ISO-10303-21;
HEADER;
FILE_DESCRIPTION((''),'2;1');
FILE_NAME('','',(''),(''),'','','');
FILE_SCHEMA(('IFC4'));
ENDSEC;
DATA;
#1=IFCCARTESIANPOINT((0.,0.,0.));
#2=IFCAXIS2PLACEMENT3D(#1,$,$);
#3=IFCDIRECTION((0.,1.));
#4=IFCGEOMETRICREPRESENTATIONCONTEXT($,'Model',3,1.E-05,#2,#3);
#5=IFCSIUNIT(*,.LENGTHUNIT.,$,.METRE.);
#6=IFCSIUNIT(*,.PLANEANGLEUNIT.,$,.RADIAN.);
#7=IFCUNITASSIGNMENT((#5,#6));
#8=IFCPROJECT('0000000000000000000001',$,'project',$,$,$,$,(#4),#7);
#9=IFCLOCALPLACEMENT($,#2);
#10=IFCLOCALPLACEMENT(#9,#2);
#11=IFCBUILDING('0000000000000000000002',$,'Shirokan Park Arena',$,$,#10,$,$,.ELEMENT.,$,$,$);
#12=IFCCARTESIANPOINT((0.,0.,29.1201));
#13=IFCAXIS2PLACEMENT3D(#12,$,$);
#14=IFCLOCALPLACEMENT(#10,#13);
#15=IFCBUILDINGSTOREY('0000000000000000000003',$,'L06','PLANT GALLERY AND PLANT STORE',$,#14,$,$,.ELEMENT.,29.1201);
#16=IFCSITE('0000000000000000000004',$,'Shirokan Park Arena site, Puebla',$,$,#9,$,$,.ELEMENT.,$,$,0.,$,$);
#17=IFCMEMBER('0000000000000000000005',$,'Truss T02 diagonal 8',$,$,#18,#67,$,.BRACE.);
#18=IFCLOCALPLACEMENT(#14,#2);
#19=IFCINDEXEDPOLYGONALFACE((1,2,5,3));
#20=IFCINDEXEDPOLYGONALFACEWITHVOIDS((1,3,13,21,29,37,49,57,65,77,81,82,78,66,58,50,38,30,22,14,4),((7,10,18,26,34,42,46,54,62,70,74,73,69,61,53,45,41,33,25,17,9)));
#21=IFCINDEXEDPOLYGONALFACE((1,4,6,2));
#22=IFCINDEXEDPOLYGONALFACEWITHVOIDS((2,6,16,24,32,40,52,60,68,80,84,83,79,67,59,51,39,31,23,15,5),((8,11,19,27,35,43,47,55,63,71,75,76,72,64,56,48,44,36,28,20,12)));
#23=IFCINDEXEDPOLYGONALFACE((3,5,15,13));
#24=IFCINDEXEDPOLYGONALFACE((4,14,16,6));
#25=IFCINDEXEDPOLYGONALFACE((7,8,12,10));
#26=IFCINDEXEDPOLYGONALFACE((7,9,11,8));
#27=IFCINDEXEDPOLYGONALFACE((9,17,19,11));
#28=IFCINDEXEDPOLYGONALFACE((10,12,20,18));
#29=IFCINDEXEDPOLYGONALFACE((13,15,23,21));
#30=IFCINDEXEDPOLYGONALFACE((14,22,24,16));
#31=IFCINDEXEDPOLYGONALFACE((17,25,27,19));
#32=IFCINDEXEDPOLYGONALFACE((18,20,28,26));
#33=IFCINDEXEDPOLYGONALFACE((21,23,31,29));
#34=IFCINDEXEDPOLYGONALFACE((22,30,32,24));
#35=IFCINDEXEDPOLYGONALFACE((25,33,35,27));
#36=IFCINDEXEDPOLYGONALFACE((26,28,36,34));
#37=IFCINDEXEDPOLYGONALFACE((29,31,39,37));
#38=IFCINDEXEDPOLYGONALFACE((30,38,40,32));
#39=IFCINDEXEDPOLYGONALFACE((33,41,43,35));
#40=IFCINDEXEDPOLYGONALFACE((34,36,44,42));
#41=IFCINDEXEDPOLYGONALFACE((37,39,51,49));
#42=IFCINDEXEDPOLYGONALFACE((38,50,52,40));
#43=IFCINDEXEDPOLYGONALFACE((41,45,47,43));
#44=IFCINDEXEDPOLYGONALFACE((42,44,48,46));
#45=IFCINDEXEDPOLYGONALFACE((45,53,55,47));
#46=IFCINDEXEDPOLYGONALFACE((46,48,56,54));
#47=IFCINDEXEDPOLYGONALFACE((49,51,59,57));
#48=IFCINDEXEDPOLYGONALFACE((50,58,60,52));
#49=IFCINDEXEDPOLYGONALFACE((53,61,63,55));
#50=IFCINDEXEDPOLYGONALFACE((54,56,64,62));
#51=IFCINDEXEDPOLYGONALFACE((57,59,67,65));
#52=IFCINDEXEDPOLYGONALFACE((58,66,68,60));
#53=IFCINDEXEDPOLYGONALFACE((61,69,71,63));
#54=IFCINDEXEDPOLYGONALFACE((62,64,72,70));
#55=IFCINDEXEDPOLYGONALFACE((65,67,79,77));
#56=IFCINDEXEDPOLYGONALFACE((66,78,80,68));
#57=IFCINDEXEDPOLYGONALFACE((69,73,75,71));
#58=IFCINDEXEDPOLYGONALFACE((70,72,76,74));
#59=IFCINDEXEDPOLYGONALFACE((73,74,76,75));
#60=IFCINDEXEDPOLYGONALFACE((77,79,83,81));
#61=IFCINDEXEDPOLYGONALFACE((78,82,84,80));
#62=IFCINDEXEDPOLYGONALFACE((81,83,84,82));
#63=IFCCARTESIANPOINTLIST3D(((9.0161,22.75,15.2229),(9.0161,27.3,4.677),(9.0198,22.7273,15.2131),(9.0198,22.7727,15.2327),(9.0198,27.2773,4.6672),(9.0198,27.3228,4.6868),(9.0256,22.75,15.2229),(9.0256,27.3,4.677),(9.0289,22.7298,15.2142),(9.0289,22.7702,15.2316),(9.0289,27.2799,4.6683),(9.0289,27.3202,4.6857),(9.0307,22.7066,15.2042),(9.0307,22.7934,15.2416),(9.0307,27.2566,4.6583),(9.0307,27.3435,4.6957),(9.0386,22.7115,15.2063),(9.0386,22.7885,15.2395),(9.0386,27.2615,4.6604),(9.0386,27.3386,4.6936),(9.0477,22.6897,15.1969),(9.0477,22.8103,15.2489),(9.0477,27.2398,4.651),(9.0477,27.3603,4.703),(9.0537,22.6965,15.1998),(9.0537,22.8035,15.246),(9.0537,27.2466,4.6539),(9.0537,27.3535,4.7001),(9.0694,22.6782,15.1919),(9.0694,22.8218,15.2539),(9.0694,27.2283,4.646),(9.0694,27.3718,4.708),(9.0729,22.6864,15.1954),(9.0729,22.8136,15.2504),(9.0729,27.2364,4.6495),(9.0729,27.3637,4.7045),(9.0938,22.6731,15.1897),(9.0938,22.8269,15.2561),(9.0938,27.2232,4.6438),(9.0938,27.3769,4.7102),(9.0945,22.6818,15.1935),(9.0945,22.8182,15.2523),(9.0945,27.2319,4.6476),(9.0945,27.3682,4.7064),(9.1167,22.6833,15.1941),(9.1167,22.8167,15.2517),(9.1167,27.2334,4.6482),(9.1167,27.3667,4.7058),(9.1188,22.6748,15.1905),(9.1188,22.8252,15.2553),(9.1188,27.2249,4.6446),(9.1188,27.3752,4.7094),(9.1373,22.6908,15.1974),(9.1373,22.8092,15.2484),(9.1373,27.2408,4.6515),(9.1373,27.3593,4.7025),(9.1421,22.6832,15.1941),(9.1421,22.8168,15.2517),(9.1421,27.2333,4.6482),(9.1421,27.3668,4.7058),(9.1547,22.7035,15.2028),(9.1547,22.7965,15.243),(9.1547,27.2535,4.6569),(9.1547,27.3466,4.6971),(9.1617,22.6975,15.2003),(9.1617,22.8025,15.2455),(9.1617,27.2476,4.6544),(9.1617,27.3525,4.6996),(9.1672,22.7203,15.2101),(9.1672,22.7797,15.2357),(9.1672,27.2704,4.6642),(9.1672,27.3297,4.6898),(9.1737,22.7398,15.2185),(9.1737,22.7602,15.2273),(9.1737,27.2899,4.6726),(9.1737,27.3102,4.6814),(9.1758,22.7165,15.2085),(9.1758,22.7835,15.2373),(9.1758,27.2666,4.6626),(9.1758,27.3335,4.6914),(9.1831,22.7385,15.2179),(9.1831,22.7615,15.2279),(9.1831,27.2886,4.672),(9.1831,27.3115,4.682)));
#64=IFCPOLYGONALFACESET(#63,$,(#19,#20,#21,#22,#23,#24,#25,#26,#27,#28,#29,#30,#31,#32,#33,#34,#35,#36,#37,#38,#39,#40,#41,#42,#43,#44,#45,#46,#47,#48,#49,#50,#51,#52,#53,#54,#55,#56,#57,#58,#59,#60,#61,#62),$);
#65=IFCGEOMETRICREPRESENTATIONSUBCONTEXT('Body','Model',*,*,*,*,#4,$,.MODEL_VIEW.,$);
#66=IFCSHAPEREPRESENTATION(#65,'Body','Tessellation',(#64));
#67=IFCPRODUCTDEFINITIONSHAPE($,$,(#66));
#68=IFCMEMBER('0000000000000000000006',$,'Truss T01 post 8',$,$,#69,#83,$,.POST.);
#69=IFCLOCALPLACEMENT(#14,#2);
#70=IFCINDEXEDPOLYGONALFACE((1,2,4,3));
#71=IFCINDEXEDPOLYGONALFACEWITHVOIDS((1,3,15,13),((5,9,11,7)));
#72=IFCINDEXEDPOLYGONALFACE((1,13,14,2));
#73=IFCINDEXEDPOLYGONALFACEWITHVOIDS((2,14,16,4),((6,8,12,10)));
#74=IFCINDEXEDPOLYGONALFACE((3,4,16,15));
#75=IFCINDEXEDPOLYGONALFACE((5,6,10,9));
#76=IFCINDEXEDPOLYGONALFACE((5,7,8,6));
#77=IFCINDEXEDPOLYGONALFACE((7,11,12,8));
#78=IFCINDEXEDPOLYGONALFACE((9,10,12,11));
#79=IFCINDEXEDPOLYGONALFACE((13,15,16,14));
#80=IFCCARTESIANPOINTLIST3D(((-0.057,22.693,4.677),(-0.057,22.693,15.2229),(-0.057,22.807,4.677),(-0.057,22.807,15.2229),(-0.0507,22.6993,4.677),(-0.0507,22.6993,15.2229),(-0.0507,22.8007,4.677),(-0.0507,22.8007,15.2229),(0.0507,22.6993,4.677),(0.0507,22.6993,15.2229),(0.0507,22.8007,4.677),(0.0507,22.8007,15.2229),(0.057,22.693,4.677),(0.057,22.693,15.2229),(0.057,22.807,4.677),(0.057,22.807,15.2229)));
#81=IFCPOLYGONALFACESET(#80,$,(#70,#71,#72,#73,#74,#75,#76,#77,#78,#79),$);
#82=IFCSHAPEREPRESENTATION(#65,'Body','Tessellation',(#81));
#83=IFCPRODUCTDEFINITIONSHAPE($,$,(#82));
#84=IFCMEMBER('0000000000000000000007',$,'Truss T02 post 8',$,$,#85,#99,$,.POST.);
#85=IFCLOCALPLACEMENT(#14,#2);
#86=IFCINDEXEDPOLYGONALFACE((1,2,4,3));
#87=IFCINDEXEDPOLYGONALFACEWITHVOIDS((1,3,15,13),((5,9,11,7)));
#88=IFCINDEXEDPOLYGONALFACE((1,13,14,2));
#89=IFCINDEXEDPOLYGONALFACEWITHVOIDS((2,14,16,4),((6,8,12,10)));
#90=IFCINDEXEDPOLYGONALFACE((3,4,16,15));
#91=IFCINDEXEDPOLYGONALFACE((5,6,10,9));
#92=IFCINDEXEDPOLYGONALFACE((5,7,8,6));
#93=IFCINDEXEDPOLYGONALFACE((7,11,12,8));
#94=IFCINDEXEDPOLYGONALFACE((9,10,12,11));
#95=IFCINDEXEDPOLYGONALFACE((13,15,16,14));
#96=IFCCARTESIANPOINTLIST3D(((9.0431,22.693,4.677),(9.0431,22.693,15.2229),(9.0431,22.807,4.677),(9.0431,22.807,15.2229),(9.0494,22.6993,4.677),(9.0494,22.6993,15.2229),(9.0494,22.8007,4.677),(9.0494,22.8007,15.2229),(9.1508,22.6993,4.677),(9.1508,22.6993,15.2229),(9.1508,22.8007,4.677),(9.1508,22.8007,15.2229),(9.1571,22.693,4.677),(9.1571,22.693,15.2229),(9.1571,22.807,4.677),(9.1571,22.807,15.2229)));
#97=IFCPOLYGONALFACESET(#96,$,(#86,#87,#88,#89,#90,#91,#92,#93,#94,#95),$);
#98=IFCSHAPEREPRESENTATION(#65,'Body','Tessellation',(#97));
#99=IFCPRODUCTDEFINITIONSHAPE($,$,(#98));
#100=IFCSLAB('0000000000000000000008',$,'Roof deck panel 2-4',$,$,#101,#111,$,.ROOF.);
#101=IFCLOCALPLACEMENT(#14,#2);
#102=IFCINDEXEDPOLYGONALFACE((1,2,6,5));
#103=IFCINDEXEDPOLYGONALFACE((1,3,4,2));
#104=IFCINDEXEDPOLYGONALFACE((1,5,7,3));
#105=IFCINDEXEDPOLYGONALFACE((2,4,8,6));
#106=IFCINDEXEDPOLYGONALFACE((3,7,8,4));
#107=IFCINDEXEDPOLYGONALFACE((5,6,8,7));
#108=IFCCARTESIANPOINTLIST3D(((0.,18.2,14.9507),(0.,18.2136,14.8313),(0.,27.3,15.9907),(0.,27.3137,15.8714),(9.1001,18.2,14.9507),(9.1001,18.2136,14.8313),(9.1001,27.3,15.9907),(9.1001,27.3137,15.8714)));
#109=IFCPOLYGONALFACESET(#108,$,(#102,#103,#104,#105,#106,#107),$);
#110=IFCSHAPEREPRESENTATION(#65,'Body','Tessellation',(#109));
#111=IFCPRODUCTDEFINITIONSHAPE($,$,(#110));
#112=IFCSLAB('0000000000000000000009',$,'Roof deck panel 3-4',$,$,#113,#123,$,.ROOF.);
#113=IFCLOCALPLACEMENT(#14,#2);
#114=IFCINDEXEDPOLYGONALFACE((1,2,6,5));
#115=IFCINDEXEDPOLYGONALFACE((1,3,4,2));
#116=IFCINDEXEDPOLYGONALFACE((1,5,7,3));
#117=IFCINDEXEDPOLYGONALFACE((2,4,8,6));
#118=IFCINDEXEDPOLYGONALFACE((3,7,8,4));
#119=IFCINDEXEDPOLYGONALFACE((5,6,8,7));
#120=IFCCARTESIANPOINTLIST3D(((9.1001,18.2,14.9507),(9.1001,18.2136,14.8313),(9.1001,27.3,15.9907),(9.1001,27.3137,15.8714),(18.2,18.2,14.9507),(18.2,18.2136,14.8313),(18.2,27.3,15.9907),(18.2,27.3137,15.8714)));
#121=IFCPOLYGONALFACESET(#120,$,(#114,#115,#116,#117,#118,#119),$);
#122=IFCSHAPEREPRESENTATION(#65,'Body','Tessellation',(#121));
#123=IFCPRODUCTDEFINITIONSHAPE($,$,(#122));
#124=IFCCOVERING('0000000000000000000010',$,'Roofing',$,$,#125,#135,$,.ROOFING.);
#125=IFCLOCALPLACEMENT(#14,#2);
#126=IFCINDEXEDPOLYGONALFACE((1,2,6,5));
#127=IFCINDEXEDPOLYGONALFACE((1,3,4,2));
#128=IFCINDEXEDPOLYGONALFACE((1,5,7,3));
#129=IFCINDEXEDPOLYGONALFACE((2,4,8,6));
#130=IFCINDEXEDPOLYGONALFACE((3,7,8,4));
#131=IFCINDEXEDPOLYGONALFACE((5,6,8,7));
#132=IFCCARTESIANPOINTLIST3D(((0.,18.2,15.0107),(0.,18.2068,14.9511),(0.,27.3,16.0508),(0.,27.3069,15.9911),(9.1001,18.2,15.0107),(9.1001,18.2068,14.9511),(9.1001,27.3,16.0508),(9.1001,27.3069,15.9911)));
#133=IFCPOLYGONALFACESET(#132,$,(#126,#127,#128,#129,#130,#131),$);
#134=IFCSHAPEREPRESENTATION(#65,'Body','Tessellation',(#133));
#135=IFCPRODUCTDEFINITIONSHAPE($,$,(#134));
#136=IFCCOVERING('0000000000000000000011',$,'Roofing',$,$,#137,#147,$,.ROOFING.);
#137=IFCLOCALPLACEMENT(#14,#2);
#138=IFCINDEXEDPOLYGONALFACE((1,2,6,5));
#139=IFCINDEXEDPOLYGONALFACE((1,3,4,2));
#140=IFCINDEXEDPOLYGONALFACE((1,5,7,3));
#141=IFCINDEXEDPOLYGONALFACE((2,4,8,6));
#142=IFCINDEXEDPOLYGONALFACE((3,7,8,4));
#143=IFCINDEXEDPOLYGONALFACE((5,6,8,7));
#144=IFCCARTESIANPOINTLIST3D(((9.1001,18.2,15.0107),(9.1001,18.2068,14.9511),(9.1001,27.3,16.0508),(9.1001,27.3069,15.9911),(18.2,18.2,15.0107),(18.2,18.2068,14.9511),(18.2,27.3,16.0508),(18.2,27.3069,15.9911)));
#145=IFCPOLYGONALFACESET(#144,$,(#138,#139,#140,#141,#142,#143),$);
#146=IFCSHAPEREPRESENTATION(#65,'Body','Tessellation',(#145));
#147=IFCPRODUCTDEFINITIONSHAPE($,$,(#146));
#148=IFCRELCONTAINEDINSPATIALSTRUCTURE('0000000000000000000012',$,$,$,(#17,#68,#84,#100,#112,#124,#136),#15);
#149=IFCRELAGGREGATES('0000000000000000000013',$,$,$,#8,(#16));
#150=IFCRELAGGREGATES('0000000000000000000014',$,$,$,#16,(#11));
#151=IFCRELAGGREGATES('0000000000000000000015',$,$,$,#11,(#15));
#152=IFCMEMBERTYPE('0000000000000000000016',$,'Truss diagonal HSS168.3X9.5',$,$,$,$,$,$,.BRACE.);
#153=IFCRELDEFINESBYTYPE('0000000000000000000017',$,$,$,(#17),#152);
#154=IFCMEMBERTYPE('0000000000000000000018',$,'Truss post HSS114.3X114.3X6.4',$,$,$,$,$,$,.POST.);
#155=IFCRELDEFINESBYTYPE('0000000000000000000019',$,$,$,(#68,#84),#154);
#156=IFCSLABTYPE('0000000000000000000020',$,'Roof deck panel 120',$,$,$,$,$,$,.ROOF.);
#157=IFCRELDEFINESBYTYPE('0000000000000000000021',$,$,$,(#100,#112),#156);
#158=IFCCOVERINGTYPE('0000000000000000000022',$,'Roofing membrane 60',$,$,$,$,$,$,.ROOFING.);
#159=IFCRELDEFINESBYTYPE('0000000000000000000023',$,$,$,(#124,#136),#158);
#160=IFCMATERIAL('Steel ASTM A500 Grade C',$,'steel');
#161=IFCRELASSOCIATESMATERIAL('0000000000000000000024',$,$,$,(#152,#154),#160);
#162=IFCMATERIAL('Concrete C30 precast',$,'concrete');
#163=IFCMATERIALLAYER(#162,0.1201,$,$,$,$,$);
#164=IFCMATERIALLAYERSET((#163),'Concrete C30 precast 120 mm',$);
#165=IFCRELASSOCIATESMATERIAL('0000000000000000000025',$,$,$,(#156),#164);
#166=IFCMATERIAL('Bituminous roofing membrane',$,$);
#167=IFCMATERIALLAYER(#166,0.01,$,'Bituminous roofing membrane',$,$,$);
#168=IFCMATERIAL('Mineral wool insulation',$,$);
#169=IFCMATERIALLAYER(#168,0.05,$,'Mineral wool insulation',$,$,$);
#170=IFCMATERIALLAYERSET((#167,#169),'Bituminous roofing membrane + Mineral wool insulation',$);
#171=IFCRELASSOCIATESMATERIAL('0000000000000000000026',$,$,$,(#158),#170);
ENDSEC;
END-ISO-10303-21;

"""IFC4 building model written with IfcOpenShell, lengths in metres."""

from ifc_helpers import new_model, si_unit, direction, frame, origin, origin_2d, place, context, subcontext, project, spatial, polyline, hollow_rectangle, hollow_circle, outline, extrude, material, layer, layer_set, material_profile, profile_set, type_object, element, save


model = new_model("IFC4")

# Units and contexts
model_context = context("Model", 3, precision=1e-05, world=origin(), true_north=direction((0.0, 1.0)))
body_context = subcontext(model_context, "Body", "Model", "MODEL_VIEW")
ifc_project = project(units=[si_unit("LENGTHUNIT", "METRE"), si_unit("PLANEANGLEUNIT", "RADIAN")], contexts=[model_context])

# Site, building, storey
site_placement = place(None, origin())
site = spatial("IfcSite", under=ifc_project, at=site_placement, Name="Shirokan Park Arena site, Puebla", CompositionType="ELEMENT", RefElevation=0.0)
building_placement = place(site_placement, origin())
building = spatial("IfcBuilding", under=site, at=building_placement, Name="Shirokan Park Arena", CompositionType="ELEMENT")
storey_placement = place(building_placement, frame((0.0, 0.0, 29.1201)))
storey = spatial("IfcBuildingStorey", under=building, at=storey_placement, Name="L06", Description="PLANT GALLERY AND PLANT STORE", CompositionType="ELEMENT", Elevation=29.1201)

# Members
ifc_material_1 = material(Name="Steel ASTM A500 Grade C", Category="steel")
ifc_material_profile_1 = material_profile(ifc_material_1, hollow_circle(Radius=0.084, WallThickness=0.0095, at=origin_2d()), Name="HSS168.3X9.5")
ifc_profile_set_1 = profile_set([ifc_material_profile_1], Name="Steel ASTM A500 Grade C")
member_type_1 = type_object("IfcMemberType", Name="Truss diagonal HSS168.3X9.5", PredefinedType="BRACE", material=ifc_profile_set_1)
for number, where, z_axis, x_axis, name in (
    (1, (9.1001, 22.75, 15.2229), (0.0, 0.396153, -0.918185), (-1.0, 0.0, 0.0), "Truss T02 diagonal 8"),
):
    element("IfcMember", number, at=place(storey_placement, frame(where, z_axis=z_axis, x_axis=x_axis)), inside=storey, type_object=member_type_1, Name=name, PredefinedType="BRACE", context=body_context, shape_type="SweptSolid", body=[
        extrude(hollow_circle(Radius=0.084, WallThickness=0.0095, at=origin_2d()), origin(), (0.0, 0.0, 1.0), 11.4856),
    ])
ifc_material_profile_2 = material_profile(ifc_material_1, hollow_rectangle(XDim=0.114, YDim=0.114, WallThickness=0.0063, at=origin_2d()), Name="HSS114.3X114.3X6.4")
ifc_profile_set_2 = profile_set([ifc_material_profile_2], Name="Steel ASTM A500 Grade C")
member_type_2 = type_object("IfcMemberType", Name="Truss post HSS114.3X114.3X6.4", PredefinedType="POST", material=ifc_profile_set_2)
for number, where, z_axis, x_axis, name in (
    (2, (0.0, 22.75, 4.677), (0.0, 0.0, 1.0), (1.0, 0.0, 0.0), "Truss T01 post 8"),
    (3, (9.1001, 22.75, 4.677), (0.0, 0.0, 1.0), (1.0, 0.0, 0.0), "Truss T02 post 8"),
):
    element("IfcMember", number, at=place(storey_placement, frame(where, z_axis=z_axis, x_axis=x_axis)), inside=storey, type_object=member_type_2, Name=name, PredefinedType="POST", context=body_context, shape_type="SweptSolid", body=[
        extrude(hollow_rectangle(XDim=0.114, YDim=0.114, WallThickness=0.0063, at=origin_2d()), origin(), (0.0, 0.0, 1.0), 10.5459),
    ])

# Slabs
ifc_material_2 = material(Name="Concrete C30 precast", Category="concrete")
ifc_layer_1 = layer(ifc_material_2, 0.1201)
ifc_layer_set_1 = layer_set([ifc_layer_1], Name="Concrete C30 precast 120 mm")
slab_type = type_object("IfcSlabType", Name="Roof deck panel 120", PredefinedType="ROOF", material=ifc_layer_set_1)
slab_1_placement = place(storey_placement, frame((0.0, 18.2, 14.9507), z_axis=(0.0, -0.11355, 0.993532), x_axis=(1.0, 0.0, 0.0)))
element("IfcSlab", 4, at=slab_1_placement, inside=storey, type_object=slab_type, Name="Roof deck panel 2-4", PredefinedType="ROOF", context=body_context, shape_type="SweptSolid", body=[
    extrude(outline(polyline([(0.0, 0.0), (9.1001, 0.0), (9.1001, 9.1593), (0.0, 9.1593), (0.0, 0.0)])), origin(), (0.0, 0.0, -1.0), 0.1201),
])
slab_2_placement = place(storey_placement, frame((9.1001, 18.2, 14.9507), z_axis=(0.0, -0.11355, 0.993532), x_axis=(1.0, 0.0, 0.0)))
element("IfcSlab", 5, at=slab_2_placement, inside=storey, type_object=slab_type, Name="Roof deck panel 3-4", PredefinedType="ROOF", context=body_context, shape_type="SweptSolid", body=[
    extrude(outline(polyline([(0.0, 0.0), (9.0999, 0.0), (9.0999, 9.1593), (0.0, 9.1593), (0.0, 0.0)])), origin(), (0.0, 0.0, -1.0), 0.1201),
])

# Coverings
ifc_material_3 = material(Name="Bituminous roofing membrane")
ifc_layer_2 = layer(ifc_material_3, 0.01, Name="Bituminous roofing membrane")
ifc_material_4 = material(Name="Mineral wool insulation")
ifc_layer_3 = layer(ifc_material_4, 0.05, Name="Mineral wool insulation")
ifc_layer_set_2 = layer_set([ifc_layer_2, ifc_layer_3], Name="Bituminous roofing membrane + Mineral wool insulation")
covering_type = type_object("IfcCoveringType", Name="Roofing membrane 60", PredefinedType="ROOFING", material=ifc_layer_set_2)
covering_1_placement = place(storey_placement, frame((0.0, 18.2, 15.0107), z_axis=(0.0, -0.11355, 0.993532), x_axis=(1.0, 0.0, 0.0)))
element("IfcCovering", 6, at=covering_1_placement, inside=storey, type_object=covering_type, Name="Roofing", PredefinedType="ROOFING", context=body_context, shape_type="SweptSolid", body=[
    extrude(outline(polyline([(0.0, 0.0), (9.1001, 0.0), (9.1001, 9.1593), (0.0, 9.1593), (0.0, 0.0)])), origin(), (0.0, 0.0, -1.0), 0.0601),
])
covering_2_placement = place(storey_placement, frame((9.1001, 18.2, 15.0107), z_axis=(0.0, -0.11355, 0.993532), x_axis=(1.0, 0.0, 0.0)))
element("IfcCovering", 7, at=covering_2_placement, inside=storey, type_object=covering_type, Name="Roofing", PredefinedType="ROOFING", context=body_context, shape_type="SweptSolid", body=[
    extrude(outline(polyline([(0.0, 0.0), (9.0999, 0.0), (9.0999, 9.1593), (0.0, 9.1593), (0.0, 0.0)])), origin(), (0.0, 0.0, -1.0), 0.0601),
])

save(model, "model.ifc")
